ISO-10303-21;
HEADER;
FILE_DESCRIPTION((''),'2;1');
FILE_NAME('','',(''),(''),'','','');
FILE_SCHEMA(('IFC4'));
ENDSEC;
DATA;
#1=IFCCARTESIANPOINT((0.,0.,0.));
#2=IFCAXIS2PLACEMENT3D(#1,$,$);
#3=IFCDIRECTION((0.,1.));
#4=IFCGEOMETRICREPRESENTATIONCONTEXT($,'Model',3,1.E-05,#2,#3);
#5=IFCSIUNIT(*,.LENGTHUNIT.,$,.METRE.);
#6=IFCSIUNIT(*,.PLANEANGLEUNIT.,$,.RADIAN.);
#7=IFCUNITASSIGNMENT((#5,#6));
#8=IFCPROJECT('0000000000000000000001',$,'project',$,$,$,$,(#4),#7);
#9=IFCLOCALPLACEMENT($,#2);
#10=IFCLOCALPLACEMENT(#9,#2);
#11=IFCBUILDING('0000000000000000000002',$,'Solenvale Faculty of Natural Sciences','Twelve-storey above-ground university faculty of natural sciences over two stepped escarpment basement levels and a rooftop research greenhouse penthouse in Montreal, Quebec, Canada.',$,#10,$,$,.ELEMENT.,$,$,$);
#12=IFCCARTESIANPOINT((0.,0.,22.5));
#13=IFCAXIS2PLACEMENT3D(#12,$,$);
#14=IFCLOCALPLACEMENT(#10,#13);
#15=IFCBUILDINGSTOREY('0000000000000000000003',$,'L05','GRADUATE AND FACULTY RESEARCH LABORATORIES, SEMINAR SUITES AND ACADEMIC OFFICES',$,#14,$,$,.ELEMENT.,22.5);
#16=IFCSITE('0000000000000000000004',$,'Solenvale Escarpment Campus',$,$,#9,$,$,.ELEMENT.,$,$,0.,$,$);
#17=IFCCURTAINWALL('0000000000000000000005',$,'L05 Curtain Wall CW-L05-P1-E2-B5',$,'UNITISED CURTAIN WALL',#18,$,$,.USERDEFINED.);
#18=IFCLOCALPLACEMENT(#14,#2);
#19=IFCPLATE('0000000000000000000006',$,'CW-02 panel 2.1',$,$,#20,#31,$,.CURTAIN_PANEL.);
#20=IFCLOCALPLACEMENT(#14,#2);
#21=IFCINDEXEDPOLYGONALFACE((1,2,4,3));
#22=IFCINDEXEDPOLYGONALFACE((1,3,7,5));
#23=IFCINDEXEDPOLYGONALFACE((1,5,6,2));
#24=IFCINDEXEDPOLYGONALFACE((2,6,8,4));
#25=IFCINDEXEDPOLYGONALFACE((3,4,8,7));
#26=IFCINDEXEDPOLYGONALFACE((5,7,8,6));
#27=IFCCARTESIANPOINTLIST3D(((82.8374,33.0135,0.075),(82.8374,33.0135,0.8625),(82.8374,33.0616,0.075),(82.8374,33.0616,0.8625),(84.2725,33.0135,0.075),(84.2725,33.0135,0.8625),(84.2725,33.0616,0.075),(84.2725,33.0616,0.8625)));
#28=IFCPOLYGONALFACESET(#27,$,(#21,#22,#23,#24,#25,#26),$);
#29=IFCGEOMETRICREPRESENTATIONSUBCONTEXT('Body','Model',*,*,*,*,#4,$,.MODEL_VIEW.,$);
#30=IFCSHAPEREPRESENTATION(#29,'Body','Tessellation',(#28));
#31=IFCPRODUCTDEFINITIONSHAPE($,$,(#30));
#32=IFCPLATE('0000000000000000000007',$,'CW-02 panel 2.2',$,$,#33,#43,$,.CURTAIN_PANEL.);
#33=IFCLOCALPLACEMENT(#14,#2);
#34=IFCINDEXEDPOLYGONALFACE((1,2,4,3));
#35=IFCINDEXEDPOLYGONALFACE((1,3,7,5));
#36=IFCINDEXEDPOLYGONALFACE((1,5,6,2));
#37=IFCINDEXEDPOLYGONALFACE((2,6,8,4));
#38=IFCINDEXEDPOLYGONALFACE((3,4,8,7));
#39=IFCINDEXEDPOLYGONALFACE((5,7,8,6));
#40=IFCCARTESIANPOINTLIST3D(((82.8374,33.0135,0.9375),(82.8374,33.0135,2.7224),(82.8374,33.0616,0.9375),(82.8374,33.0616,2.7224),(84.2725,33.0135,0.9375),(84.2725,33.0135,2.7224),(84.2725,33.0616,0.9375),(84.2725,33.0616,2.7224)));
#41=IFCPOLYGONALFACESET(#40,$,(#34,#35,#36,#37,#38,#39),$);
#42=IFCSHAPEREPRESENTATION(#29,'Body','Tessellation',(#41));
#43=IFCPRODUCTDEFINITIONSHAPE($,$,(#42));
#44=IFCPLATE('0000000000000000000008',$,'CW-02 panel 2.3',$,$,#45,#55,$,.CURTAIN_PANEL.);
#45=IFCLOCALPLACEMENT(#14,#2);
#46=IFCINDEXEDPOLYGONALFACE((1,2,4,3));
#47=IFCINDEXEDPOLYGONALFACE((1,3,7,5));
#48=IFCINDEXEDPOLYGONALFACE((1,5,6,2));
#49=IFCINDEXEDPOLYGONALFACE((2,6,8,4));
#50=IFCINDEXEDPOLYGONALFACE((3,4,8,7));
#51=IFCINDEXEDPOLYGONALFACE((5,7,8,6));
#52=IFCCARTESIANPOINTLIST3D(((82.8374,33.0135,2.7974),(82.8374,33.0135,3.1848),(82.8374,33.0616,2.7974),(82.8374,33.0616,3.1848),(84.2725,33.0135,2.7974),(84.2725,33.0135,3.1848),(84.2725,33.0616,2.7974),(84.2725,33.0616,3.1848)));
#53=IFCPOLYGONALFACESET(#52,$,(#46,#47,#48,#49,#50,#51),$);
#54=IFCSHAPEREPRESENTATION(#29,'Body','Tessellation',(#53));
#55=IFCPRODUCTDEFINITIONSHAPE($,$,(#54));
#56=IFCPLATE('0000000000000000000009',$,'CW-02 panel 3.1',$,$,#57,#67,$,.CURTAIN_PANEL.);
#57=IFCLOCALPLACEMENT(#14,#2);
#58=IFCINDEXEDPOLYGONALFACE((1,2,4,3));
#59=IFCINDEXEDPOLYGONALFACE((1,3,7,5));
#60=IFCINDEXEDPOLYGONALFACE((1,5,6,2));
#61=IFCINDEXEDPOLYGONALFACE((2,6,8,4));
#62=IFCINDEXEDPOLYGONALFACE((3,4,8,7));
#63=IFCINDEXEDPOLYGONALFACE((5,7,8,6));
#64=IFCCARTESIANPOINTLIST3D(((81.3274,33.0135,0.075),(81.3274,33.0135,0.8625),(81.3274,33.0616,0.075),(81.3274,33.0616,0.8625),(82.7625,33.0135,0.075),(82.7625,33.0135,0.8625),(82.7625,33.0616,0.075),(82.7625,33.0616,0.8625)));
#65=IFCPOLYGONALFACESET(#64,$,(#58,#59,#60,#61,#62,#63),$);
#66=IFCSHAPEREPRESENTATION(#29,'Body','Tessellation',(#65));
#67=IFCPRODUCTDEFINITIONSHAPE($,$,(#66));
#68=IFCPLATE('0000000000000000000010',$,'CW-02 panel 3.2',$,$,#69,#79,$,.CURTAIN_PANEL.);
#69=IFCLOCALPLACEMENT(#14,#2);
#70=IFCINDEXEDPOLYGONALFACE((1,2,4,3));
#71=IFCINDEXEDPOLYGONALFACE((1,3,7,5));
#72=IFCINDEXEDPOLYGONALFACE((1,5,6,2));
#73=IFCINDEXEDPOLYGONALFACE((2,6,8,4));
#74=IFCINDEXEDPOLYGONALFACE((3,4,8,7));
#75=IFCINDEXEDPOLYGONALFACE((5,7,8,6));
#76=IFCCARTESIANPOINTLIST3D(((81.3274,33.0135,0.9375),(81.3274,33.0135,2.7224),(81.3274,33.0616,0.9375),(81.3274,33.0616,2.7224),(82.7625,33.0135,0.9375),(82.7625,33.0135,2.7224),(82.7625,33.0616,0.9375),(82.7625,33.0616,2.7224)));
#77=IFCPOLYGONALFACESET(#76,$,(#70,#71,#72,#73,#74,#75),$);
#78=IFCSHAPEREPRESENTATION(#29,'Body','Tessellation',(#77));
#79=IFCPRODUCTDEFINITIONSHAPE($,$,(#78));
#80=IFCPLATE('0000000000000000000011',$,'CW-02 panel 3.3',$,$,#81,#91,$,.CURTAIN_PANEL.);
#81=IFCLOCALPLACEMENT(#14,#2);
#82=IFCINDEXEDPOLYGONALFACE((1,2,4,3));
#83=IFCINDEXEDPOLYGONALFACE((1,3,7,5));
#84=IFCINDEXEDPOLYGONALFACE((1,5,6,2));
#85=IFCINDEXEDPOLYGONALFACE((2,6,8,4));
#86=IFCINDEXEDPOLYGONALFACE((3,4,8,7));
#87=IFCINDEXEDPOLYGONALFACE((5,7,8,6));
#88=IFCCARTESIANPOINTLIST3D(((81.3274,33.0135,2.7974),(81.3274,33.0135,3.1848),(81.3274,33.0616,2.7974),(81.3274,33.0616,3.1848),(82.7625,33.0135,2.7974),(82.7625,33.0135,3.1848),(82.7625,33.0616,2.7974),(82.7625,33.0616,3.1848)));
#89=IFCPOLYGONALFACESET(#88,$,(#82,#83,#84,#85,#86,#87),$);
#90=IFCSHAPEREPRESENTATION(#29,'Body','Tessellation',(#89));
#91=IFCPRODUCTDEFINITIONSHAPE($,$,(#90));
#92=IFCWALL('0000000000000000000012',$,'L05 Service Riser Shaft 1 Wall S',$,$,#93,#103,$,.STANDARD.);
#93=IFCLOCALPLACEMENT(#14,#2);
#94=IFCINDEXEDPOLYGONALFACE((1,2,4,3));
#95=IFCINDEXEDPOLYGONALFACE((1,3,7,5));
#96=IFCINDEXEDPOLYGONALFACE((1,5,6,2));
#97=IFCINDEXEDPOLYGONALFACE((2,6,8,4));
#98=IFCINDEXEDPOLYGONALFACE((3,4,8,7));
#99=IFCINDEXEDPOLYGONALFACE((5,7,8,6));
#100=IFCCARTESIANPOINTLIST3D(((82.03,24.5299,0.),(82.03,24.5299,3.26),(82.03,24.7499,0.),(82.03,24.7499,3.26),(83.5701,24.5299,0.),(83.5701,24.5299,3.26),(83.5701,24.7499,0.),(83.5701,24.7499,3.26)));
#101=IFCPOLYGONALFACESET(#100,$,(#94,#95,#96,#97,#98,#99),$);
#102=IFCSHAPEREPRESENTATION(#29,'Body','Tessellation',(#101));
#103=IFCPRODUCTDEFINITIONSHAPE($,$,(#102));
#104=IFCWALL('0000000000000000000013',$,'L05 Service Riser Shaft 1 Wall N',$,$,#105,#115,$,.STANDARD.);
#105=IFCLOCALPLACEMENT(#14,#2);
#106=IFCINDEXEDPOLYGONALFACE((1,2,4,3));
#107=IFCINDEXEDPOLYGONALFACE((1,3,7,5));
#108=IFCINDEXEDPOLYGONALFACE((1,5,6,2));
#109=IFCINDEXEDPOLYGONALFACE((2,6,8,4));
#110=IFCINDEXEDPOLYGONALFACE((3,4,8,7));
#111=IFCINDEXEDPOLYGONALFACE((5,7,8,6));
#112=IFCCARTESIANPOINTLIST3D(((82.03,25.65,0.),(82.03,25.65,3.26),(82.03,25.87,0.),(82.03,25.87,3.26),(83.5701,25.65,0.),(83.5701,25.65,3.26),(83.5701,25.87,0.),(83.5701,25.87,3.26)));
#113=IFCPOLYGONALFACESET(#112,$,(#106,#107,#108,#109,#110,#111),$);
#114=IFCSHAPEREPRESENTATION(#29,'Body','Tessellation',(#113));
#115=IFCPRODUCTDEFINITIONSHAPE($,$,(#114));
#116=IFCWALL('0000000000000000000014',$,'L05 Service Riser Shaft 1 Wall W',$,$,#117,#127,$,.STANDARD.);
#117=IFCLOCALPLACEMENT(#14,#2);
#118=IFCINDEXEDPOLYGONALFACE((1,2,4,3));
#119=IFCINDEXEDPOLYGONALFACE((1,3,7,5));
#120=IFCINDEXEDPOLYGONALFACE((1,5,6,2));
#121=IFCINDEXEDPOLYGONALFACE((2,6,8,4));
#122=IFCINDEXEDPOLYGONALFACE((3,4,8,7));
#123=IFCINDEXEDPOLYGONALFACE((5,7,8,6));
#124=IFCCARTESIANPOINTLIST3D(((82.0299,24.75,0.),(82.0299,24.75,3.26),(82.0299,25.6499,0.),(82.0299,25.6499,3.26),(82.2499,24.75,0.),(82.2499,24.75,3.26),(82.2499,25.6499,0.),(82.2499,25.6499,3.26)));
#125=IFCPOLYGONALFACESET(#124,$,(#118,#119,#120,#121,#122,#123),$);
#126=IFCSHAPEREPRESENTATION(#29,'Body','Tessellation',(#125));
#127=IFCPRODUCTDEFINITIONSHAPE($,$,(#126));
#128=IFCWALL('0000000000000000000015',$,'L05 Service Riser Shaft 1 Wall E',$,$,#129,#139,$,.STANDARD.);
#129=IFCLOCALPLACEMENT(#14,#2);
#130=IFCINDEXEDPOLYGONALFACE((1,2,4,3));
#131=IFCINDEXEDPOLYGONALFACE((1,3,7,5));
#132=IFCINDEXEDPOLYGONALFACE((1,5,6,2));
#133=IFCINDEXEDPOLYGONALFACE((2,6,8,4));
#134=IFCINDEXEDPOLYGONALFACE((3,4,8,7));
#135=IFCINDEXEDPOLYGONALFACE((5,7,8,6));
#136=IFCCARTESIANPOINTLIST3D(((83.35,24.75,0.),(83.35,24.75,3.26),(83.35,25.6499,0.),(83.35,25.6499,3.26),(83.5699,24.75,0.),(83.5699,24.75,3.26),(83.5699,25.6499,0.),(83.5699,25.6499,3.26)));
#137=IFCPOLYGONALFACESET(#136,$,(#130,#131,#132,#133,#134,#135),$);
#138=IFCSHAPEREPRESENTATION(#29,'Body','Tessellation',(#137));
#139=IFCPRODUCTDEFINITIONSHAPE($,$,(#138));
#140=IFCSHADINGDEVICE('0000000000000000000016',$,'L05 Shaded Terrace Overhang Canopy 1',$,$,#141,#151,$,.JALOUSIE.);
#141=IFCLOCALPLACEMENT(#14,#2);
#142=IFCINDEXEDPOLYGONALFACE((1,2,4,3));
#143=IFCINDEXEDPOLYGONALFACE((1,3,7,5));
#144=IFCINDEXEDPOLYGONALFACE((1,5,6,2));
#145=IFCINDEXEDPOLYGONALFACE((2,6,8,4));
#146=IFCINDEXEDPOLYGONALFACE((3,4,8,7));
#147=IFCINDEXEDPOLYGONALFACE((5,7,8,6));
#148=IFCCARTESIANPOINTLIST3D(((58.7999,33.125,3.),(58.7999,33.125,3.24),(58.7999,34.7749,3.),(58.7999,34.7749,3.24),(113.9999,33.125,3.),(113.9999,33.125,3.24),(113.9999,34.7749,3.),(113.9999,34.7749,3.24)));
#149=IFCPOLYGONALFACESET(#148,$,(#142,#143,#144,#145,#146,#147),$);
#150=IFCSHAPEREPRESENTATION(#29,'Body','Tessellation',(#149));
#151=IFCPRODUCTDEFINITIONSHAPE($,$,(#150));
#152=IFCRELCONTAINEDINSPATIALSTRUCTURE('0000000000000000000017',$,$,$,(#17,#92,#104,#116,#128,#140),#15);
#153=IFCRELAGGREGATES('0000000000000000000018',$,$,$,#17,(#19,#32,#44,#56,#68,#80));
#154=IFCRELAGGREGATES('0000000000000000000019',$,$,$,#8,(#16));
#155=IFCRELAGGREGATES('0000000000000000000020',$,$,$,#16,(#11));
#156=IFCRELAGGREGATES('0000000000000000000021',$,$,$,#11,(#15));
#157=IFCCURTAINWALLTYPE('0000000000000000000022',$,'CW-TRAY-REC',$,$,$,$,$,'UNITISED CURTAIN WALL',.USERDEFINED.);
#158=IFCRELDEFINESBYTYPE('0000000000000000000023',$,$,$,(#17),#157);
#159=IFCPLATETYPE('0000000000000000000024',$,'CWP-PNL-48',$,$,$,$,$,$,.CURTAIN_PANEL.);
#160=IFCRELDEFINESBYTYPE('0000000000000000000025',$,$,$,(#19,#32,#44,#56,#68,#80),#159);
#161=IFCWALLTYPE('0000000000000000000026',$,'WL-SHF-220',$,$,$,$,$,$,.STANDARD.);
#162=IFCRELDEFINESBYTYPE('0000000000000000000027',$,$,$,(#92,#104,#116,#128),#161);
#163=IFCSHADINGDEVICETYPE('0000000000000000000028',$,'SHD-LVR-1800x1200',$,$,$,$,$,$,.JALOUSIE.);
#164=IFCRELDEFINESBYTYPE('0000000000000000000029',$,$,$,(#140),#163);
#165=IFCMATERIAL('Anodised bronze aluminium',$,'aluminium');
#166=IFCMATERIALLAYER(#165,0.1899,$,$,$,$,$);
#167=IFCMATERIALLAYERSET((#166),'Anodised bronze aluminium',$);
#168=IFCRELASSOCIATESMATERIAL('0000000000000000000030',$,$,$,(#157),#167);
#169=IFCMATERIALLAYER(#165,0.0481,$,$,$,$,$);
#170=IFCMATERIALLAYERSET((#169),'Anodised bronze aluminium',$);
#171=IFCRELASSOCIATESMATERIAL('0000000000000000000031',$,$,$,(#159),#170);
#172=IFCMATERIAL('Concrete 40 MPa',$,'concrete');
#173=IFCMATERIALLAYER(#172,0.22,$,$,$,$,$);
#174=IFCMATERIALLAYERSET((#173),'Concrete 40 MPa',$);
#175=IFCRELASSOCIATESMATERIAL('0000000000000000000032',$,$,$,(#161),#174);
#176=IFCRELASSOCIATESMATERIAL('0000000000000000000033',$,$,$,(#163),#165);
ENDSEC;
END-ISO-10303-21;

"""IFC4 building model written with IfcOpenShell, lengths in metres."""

from ifc_helpers import new_model, si_unit, direction, frame, frame_2d, origin, origin_2d, place, context, subcontext, project, spatial, rectangle, extrude, material, layer, layer_set, type_object, element, aggregate, save


model = new_model("IFC4")

# Units and contexts
model_context = context("Model", 3, precision=1e-05, world=origin(), true_north=direction((0.0, 1.0)))
body_context = subcontext(model_context, "Body", "Model", "MODEL_VIEW")
ifc_project = project(units=[si_unit("LENGTHUNIT", "METRE"), si_unit("PLANEANGLEUNIT", "RADIAN")], contexts=[model_context])

# Site, building, storey
site_placement = place(None, origin())
site = spatial("IfcSite", under=ifc_project, at=site_placement, Name="Solenvale Escarpment Campus", CompositionType="ELEMENT", RefElevation=0.0)
building_placement = place(site_placement, origin())
building = spatial("IfcBuilding", under=site, at=building_placement, Name="Solenvale Faculty of Natural Sciences", Description="Twelve-storey above-ground university faculty of natural sciences over two stepped escarpment basement levels and a rooftop research greenhouse penthouse in Montreal, Quebec, Canada.", CompositionType="ELEMENT")
storey_placement = place(building_placement, frame((0.0, 0.0, 22.5)))
storey = spatial("IfcBuildingStorey", under=building, at=storey_placement, Name="L05", Description="GRADUATE AND FACULTY RESEARCH LABORATORIES, SEMINAR SUITES AND ACADEMIC OFFICES", CompositionType="ELEMENT", Elevation=22.5)

# Shared definitions
ifc_material_1 = material(Name="Concrete 40 MPa", Category="concrete")

# Shared definitions
ifc_material_2 = material(Name="Anodised bronze aluminium", Category="aluminium")
ifc_layer_1 = layer(ifc_material_2, 0.1899)
ifc_layer_set_1 = layer_set([ifc_layer_1], Name="Anodised bronze aluminium")
curtain_wall_type = type_object("IfcCurtainWallType", Name="CW-TRAY-REC", ElementType="UNITISED CURTAIN WALL", PredefinedType="USERDEFINED", material=ifc_layer_set_1)

# Curtain wall, plates
curtain_wall_1_placement = place(storey_placement, origin())
curtain_wall_1 = element("IfcCurtainWall", 1, at=curtain_wall_1_placement, inside=storey, type_object=curtain_wall_type, Name="L05 Curtain Wall CW-L05-P1-E2-B5", ObjectType="UNITISED CURTAIN WALL", PredefinedType="USERDEFINED")
ifc_layer_2 = layer(ifc_material_2, 0.0481)
ifc_layer_set_2 = layer_set([ifc_layer_2], Name="Anodised bronze aluminium")
plate_type = type_object("IfcPlateType", Name="CWP-PNL-48", PredefinedType="CURTAIN_PANEL", material=ifc_layer_set_2)
plate_1_placement = place(storey_placement, frame((83.5549, 33.0376, 0.075), z_axis=(0.0, 0.0, 1.0), x_axis=(-1.0, 0.0, 0.0)))
plate_1 = element("IfcPlate", 2, at=plate_1_placement, type_object=plate_type, Name="CW-02 panel 2.1", PredefinedType="CURTAIN_PANEL", context=body_context, shape_type="SweptSolid", body=[
    extrude(rectangle(XDim=1.4351, YDim=0.0481, at=origin_2d()), origin(), (0.0, 0.0, 1.0), 0.7876),
])
plate_2_placement = place(storey_placement, frame((83.5549, 33.0376, 0.9375), z_axis=(0.0, 0.0, 1.0), x_axis=(-1.0, 0.0, 0.0)))
plate_2 = element("IfcPlate", 3, at=plate_2_placement, type_object=plate_type, Name="CW-02 panel 2.2", PredefinedType="CURTAIN_PANEL", context=body_context, shape_type="SweptSolid", body=[
    extrude(rectangle(XDim=1.4351, YDim=0.0481, at=origin_2d()), origin(), (0.0, 0.0, 1.0), 1.7849),
])
plate_3_placement = place(storey_placement, frame((83.5549, 33.0376, 2.7974), z_axis=(0.0, 0.0, 1.0), x_axis=(-1.0, 0.0, 0.0)))
plate_3 = element("IfcPlate", 4, at=plate_3_placement, type_object=plate_type, Name="CW-02 panel 2.3", PredefinedType="CURTAIN_PANEL", context=body_context, shape_type="SweptSolid", body=[
    extrude(rectangle(XDim=1.4351, YDim=0.0481, at=origin_2d()), origin(), (0.0, 0.0, 1.0), 0.3875),
])
plate_4_placement = place(storey_placement, frame((82.0449, 33.0376, 0.075), z_axis=(0.0, 0.0, 1.0), x_axis=(-1.0, 0.0, 0.0)))
plate_4 = element("IfcPlate", 5, at=plate_4_placement, type_object=plate_type, Name="CW-02 panel 3.1", PredefinedType="CURTAIN_PANEL", context=body_context, shape_type="SweptSolid", body=[
    extrude(rectangle(XDim=1.4351, YDim=0.0481, at=origin_2d()), origin(), (0.0, 0.0, 1.0), 0.7876),
])
plate_5_placement = place(storey_placement, frame((82.0449, 33.0376, 0.9375), z_axis=(0.0, 0.0, 1.0), x_axis=(-1.0, 0.0, 0.0)))
plate_5 = element("IfcPlate", 6, at=plate_5_placement, type_object=plate_type, Name="CW-02 panel 3.2", PredefinedType="CURTAIN_PANEL", context=body_context, shape_type="SweptSolid", body=[
    extrude(rectangle(XDim=1.4351, YDim=0.0481, at=origin_2d()), origin(), (0.0, 0.0, 1.0), 1.7849),
])
plate_6_placement = place(storey_placement, frame((82.0449, 33.0376, 2.7974), z_axis=(0.0, 0.0, 1.0), x_axis=(-1.0, 0.0, 0.0)))
plate_6 = element("IfcPlate", 7, at=plate_6_placement, type_object=plate_type, Name="CW-02 panel 3.3", PredefinedType="CURTAIN_PANEL", context=body_context, shape_type="SweptSolid", body=[
    extrude(rectangle(XDim=1.4351, YDim=0.0481, at=origin_2d()), origin(), (0.0, 0.0, 1.0), 0.3875),
])
aggregate(curtain_wall_1, [plate_1, plate_2, plate_3, plate_4, plate_5, plate_6])

# Walls
ifc_layer_3 = layer(ifc_material_1, 0.22)
ifc_layer_set_3 = layer_set([ifc_layer_3], Name="Concrete 40 MPa")
wall_type_1 = type_object("IfcWallType", Name="WL-SHF-220", PredefinedType="STANDARD", material=ifc_layer_set_3)
for number, where, z_axis, x_axis, name in (
    (8, (82.03, 24.6399, 0.0), (0.0, 0.0, 1.0), (1.0, 0.0, 0.0), "L05 Service Riser Shaft 1 Wall S"),
    (9, (82.03, 25.76, 0.0), (0.0, 0.0, 1.0), (1.0, 0.0, 0.0), "L05 Service Riser Shaft 1 Wall N"),
):
    element("IfcWall", number, at=place(storey_placement, frame(where, z_axis=z_axis, x_axis=x_axis)), inside=storey, type_object=wall_type_1, Name=name, PredefinedType="STANDARD", context=body_context, shape_type="SweptSolid", body=[
        extrude(rectangle(XDim=1.54, YDim=0.22, at=frame_2d((0.77, 0.0))), origin(), (0.0, 0.0, 1.0), 3.26),
    ])
for number, where, z_axis, x_axis, name in (
    (10, (82.1399, 24.75, 0.0), (0.0, 0.0, 1.0), (0.0, 1.0, 0.0), "L05 Service Riser Shaft 1 Wall W"),
    (11, (83.46, 24.75, 0.0), (0.0, 0.0, 1.0), (0.0, 1.0, 0.0), "L05 Service Riser Shaft 1 Wall E"),
):
    element("IfcWall", number, at=place(storey_placement, frame(where, z_axis=z_axis, x_axis=x_axis)), inside=storey, type_object=wall_type_1, Name=name, PredefinedType="STANDARD", context=body_context, shape_type="SweptSolid", body=[
        extrude(rectangle(XDim=0.8999, YDim=0.22, at=frame_2d((0.45, 0.0))), origin(), (0.0, 0.0, 1.0), 3.26),
    ])

# Shading device
shading_device_type = type_object("IfcShadingDeviceType", Name="SHD-LVR-1800x1200", PredefinedType="JALOUSIE", material=ifc_material_2)
shading_device_placement = place(storey_placement, frame((86.3999, 33.95, 3.0), z_axis=(0.0, 0.0, 1.0), x_axis=(1.0, 0.0, 0.0)))
element("IfcShadingDevice", 12, at=shading_device_placement, inside=storey, type_object=shading_device_type, Name="L05 Shaded Terrace Overhang Canopy 1", PredefinedType="JALOUSIE", context=body_context, shape_type="SweptSolid", body=[
    extrude(rectangle(XDim=55.2, YDim=1.6499, at=origin_2d()), origin(), (0.0, 0.0, 1.0), 0.24),
])

save(model, "model.ifc")
